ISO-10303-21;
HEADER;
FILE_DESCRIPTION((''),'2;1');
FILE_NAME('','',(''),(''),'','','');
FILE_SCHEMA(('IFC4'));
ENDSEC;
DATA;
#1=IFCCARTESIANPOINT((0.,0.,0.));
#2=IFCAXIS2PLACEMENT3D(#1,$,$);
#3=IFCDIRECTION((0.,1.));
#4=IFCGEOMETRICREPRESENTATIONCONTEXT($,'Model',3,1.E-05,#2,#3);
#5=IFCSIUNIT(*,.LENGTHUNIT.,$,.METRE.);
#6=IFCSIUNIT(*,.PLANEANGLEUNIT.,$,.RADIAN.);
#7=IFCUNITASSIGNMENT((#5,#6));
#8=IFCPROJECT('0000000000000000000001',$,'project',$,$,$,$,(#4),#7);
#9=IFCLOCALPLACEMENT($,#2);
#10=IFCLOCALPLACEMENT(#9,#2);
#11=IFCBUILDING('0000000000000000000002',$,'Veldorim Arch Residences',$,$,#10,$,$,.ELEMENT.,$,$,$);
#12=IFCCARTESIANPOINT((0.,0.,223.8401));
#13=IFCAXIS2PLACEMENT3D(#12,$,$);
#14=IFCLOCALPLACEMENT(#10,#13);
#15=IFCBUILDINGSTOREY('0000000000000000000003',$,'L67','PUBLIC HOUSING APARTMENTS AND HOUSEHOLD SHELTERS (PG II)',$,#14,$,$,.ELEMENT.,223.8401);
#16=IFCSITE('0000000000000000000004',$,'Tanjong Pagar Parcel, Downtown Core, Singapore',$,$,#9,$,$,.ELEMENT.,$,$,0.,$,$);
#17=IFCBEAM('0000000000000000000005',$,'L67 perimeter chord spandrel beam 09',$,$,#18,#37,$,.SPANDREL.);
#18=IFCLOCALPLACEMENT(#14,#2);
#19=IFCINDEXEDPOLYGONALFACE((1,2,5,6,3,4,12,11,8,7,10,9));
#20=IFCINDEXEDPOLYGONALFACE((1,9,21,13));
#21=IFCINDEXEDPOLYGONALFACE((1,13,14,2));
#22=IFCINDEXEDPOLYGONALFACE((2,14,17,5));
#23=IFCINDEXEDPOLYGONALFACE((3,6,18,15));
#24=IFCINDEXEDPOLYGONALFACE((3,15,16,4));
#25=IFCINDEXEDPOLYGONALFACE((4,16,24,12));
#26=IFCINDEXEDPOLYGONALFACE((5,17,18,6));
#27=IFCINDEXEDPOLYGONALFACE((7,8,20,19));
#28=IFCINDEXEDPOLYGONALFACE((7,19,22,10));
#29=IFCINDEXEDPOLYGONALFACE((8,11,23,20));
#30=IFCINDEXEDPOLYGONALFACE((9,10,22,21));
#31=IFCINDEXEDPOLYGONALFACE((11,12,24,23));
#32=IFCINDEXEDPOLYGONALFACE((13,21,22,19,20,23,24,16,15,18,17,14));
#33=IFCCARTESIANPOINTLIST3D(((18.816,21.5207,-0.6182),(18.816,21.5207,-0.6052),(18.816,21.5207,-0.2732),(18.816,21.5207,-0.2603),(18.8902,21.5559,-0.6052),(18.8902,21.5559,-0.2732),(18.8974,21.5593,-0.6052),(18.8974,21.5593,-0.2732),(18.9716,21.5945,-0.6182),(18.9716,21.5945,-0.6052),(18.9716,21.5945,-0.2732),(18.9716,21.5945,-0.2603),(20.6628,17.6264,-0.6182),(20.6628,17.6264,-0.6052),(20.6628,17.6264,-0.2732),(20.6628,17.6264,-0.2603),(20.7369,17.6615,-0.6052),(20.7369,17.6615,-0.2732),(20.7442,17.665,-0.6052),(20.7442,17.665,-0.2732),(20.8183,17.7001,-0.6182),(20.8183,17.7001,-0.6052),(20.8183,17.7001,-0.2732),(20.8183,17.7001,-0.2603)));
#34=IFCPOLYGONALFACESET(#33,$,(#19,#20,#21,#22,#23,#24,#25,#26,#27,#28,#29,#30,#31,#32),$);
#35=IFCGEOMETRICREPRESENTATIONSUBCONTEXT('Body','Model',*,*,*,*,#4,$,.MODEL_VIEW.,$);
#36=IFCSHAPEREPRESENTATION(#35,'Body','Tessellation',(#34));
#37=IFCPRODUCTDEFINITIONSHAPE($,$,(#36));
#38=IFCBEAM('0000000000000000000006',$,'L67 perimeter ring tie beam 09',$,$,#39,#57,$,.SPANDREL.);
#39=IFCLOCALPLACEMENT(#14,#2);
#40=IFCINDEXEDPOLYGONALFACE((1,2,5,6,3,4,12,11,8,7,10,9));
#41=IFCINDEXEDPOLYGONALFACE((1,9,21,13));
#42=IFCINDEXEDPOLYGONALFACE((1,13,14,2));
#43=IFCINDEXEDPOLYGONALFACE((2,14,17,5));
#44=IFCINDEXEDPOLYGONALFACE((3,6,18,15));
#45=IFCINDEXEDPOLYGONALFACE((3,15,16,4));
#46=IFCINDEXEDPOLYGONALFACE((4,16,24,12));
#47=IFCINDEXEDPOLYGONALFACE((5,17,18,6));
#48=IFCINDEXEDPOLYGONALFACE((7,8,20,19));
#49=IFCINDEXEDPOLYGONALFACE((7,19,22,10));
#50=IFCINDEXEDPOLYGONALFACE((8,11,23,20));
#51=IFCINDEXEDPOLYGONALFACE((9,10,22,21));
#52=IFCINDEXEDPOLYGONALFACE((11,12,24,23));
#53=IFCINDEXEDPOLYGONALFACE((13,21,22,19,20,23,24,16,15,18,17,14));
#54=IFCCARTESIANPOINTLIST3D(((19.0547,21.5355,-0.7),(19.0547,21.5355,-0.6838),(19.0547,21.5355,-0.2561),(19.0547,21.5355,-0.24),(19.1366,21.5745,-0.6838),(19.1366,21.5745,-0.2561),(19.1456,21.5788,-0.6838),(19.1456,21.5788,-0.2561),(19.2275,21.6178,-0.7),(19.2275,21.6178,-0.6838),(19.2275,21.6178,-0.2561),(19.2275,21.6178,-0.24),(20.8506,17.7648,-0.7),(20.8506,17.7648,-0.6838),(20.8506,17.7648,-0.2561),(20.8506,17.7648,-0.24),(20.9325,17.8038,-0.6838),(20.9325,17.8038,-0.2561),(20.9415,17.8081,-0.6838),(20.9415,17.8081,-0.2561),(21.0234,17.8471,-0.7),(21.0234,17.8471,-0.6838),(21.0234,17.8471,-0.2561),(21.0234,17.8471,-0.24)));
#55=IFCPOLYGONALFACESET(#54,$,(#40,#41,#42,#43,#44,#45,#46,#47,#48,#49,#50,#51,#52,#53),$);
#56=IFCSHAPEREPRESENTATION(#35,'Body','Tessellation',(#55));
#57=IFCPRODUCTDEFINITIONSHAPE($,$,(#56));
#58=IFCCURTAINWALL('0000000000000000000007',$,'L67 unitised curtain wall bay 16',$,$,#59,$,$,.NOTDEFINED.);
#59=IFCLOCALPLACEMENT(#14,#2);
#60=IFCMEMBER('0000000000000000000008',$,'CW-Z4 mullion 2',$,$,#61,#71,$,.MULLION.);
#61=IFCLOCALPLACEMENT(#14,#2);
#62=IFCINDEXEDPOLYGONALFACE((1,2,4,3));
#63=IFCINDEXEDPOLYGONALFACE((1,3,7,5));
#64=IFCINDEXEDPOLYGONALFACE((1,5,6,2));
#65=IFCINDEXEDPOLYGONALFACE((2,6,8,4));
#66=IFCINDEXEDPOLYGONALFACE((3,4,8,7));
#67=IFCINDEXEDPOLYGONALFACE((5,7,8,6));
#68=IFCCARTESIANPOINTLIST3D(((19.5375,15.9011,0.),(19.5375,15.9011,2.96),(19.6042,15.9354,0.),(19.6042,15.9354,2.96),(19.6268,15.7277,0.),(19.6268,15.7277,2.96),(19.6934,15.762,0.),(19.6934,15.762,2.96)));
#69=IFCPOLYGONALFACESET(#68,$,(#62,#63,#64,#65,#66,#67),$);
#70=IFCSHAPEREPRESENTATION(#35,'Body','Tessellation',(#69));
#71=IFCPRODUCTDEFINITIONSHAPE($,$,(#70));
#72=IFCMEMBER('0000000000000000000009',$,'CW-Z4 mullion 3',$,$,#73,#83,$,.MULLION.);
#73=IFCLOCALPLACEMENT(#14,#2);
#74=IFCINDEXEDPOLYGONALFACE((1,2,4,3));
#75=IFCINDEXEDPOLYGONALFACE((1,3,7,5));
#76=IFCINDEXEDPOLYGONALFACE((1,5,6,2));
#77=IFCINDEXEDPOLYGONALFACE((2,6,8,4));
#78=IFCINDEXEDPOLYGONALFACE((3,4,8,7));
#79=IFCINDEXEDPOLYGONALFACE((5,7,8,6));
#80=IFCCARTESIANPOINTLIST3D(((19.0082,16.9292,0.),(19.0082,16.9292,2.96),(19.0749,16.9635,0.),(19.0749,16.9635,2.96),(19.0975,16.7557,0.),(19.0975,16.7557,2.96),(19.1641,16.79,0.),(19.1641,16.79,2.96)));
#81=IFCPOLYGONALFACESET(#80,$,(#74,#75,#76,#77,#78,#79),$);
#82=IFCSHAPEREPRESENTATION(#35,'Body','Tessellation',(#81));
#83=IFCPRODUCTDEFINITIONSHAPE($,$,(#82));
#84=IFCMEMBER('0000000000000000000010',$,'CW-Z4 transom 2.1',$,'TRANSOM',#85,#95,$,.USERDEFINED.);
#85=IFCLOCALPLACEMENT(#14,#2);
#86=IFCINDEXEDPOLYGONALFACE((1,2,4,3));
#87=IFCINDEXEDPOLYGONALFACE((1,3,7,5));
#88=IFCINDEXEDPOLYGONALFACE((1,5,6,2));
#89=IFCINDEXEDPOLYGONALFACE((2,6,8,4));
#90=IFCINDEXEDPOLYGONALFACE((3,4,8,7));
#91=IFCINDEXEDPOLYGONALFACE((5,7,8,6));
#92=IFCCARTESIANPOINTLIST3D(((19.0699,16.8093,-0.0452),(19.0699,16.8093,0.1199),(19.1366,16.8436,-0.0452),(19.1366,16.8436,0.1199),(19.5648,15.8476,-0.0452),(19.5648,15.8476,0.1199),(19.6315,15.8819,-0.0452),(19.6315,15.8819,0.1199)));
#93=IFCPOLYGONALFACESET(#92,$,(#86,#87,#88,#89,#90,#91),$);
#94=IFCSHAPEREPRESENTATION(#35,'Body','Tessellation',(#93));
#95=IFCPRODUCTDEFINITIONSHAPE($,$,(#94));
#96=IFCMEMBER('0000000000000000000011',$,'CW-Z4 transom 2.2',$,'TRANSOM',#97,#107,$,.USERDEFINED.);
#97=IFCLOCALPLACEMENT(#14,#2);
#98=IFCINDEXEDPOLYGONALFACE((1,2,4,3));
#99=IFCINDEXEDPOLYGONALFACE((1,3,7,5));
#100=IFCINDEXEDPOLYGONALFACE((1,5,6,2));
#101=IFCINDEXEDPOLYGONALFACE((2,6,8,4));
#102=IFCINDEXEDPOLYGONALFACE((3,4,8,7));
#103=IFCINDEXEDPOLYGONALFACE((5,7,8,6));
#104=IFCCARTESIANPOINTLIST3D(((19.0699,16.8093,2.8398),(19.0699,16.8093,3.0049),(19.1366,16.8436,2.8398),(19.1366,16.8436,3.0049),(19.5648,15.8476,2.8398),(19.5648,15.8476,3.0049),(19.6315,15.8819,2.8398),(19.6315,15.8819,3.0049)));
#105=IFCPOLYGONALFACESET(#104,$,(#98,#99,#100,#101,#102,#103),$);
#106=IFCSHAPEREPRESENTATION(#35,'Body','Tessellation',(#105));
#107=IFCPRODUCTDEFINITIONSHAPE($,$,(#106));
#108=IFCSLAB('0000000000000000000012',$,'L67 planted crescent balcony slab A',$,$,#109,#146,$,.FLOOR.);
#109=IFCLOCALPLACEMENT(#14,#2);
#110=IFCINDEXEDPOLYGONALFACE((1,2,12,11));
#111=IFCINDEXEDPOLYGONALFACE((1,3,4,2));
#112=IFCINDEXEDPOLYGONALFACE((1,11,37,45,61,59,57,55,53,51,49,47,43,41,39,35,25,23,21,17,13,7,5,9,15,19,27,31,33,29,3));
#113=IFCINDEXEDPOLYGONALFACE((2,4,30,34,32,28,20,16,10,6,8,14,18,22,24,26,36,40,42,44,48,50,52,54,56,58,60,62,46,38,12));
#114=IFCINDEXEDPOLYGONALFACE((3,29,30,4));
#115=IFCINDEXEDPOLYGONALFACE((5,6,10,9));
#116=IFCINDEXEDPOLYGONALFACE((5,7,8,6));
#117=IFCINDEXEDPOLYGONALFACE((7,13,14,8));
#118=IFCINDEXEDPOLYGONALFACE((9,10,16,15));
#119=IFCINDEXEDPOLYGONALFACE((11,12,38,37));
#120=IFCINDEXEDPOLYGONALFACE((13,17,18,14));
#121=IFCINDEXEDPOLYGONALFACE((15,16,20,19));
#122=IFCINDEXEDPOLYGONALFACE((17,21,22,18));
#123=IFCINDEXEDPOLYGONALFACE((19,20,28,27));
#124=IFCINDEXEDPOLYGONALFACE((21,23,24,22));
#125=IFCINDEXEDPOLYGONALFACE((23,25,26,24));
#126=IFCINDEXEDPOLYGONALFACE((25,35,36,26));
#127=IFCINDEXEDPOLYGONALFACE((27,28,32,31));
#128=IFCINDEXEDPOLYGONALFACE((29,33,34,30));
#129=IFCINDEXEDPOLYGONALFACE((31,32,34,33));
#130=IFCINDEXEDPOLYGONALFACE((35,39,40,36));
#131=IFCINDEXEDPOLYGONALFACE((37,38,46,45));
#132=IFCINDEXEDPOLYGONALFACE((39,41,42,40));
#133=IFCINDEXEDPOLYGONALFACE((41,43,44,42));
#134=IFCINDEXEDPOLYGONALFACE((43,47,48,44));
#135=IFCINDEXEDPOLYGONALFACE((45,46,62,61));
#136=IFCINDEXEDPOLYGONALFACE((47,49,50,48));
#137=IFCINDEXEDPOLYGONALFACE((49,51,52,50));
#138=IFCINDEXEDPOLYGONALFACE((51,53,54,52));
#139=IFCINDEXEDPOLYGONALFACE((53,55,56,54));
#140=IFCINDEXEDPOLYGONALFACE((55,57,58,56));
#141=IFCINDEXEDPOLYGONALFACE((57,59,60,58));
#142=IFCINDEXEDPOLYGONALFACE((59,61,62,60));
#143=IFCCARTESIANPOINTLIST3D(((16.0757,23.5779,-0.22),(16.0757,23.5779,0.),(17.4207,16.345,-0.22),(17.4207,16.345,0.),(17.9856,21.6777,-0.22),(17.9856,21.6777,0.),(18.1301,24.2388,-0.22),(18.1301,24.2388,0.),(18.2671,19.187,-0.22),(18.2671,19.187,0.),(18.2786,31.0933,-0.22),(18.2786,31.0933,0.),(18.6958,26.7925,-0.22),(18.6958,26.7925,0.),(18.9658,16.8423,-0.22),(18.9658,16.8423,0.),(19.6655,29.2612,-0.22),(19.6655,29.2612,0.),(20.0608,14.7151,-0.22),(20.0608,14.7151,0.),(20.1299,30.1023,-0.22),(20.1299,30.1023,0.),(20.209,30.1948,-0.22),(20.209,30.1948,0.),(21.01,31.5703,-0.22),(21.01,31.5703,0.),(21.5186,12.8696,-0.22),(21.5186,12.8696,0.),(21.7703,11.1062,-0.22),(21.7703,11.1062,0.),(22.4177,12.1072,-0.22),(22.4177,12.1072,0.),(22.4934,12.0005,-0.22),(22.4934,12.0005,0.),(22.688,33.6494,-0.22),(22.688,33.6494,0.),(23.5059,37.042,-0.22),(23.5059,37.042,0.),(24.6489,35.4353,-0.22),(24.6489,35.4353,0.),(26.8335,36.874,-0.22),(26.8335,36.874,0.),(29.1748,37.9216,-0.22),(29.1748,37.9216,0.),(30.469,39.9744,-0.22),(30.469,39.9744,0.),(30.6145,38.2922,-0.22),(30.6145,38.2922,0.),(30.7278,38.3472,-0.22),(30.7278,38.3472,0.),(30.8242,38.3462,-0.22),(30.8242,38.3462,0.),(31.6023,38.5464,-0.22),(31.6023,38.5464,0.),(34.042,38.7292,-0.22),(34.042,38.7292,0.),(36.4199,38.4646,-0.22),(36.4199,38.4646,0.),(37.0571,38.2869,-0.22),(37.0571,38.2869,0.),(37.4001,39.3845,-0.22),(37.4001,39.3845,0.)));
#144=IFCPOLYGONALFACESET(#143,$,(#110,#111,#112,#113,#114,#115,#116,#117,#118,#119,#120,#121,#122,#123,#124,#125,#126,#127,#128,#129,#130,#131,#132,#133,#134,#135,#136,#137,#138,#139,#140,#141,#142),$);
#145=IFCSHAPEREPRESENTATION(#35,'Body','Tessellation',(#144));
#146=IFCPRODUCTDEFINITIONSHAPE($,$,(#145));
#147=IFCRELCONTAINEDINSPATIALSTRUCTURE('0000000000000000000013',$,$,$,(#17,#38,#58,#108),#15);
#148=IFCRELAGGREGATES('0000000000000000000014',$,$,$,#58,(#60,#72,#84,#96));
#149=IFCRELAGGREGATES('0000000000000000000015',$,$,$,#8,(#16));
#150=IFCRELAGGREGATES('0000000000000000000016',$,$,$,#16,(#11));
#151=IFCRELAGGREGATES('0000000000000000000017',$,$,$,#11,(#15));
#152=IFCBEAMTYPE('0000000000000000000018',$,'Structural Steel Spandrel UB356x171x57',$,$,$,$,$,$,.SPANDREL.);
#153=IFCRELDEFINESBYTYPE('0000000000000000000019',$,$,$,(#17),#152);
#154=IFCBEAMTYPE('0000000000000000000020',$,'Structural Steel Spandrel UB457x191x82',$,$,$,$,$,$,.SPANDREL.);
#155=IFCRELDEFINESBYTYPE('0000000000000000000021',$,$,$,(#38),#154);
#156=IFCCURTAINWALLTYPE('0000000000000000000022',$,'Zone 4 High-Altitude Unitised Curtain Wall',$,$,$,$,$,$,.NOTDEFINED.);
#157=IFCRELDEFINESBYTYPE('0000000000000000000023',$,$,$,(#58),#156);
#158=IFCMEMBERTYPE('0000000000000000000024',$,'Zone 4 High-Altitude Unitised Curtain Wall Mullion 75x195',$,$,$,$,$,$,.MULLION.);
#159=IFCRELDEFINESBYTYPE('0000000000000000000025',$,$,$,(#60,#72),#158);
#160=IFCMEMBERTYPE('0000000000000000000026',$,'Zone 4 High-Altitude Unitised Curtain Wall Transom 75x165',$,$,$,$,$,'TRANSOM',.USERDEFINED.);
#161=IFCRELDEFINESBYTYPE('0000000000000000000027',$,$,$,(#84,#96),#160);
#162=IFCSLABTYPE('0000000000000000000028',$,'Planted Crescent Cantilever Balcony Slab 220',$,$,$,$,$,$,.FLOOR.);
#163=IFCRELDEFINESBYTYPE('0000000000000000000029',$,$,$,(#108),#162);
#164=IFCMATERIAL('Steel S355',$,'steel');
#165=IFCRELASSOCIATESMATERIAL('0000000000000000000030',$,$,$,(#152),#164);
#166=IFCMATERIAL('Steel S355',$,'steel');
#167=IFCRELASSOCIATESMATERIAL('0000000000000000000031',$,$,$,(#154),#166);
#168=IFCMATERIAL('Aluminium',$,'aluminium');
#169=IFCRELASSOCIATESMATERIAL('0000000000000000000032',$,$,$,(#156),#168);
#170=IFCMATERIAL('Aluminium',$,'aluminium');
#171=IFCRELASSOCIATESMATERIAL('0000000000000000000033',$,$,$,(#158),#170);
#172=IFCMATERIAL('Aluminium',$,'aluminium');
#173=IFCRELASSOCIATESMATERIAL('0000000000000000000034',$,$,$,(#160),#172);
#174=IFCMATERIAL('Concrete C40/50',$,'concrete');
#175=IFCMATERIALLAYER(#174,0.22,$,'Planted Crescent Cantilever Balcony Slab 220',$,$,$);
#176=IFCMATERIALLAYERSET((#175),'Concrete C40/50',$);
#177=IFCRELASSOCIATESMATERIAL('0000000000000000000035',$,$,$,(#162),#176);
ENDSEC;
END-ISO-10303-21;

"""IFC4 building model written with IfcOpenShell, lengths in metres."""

from ifc_helpers import new_model, si_unit, direction, frame, origin, origin_2d, place, context, subcontext, project, spatial, polyline, rectangle, i_section, outline, extrude, material, layer, layer_set, material_profile, profile_set, type_object, element, aggregate, save


model = new_model("IFC4")

# Units and contexts
model_context = context("Model", 3, precision=1e-05, world=origin(), true_north=direction((0.0, 1.0)))
body_context = subcontext(model_context, "Body", "Model", "MODEL_VIEW")
ifc_project = project(units=[si_unit("LENGTHUNIT", "METRE"), si_unit("PLANEANGLEUNIT", "RADIAN")], contexts=[model_context])

# Site, building, storey
site_placement = place(None, origin())
site = spatial("IfcSite", under=ifc_project, at=site_placement, Name="Tanjong Pagar Parcel, Downtown Core, Singapore", CompositionType="ELEMENT", RefElevation=0.0)
building_placement = place(site_placement, origin())
building = spatial("IfcBuilding", under=site, at=building_placement, Name="Veldorim Arch Residences", CompositionType="ELEMENT")
storey_placement = place(building_placement, frame((0.0, 0.0, 223.8401)))
storey = spatial("IfcBuildingStorey", under=building, at=storey_placement, Name="L67", Description="PUBLIC HOUSING APARTMENTS AND HOUSEHOLD SHELTERS (PG II)", CompositionType="ELEMENT", Elevation=223.8401)

# Beams
ifc_material_1 = material(Name="Steel S355", Category="steel")
ifc_material_profile_1 = material_profile(ifc_material_1, i_section(OverallWidth=0.1721, OverallDepth=0.3579, WebThickness=0.0081, FlangeThickness=0.0129, at=origin_2d()), Name="UB356x171x57")
ifc_profile_set_1 = profile_set([ifc_material_profile_1], Name="Steel S355")
beam_type_1 = type_object("IfcBeamType", Name="Structural Steel Spandrel UB356x171x57", PredefinedType="SPANDREL", material=ifc_profile_set_1)
beam_1_placement = place(storey_placement, frame((18.8938, 21.5576, -0.4392), z_axis=(0.428469, -0.903557, 0.0), x_axis=(0.903557, 0.428469, 0.0)))
element("IfcBeam", 1, at=beam_1_placement, inside=storey, type_object=beam_type_1, Name="L67 perimeter chord spandrel beam 09", PredefinedType="SPANDREL", context=body_context, shape_type="SweptSolid", body=[
    extrude(i_section(OverallWidth=0.1721, OverallDepth=0.3579, WebThickness=0.0081, FlangeThickness=0.0129, at=origin_2d()), origin(), (0.0, 0.0, 1.0), 4.3101),
])
ifc_material_2 = material(Name="Steel S355", Category="steel")
ifc_material_profile_2 = material_profile(ifc_material_2, i_section(OverallWidth=0.1914, OverallDepth=0.46, WebThickness=0.01, FlangeThickness=0.0161, at=origin_2d()), Name="UB457x191x82")
ifc_profile_set_2 = profile_set([ifc_material_profile_2], Name="Steel S355")
beam_type_2 = type_object("IfcBeamType", Name="Structural Steel Spandrel UB457x191x82", PredefinedType="SPANDREL", material=ifc_profile_set_2)
beam_2_placement = place(storey_placement, frame((19.1411, 21.5767, -0.47), z_axis=(0.429993, -0.902832, 0.0), x_axis=(0.902832, 0.429993, 0.0)))
element("IfcBeam", 2, at=beam_2_placement, inside=storey, type_object=beam_type_2, Name="L67 perimeter ring tie beam 09", PredefinedType="SPANDREL", context=body_context, shape_type="SweptSolid", body=[
    extrude(i_section(OverallWidth=0.1914, OverallDepth=0.46, WebThickness=0.01, FlangeThickness=0.0161, at=origin_2d()), origin(), (0.0, 0.0, 1.0), 4.1765),
])

# Curtain wall, members
ifc_material_3 = material(Name="Aluminium", Category="aluminium")
curtain_wall_type = type_object("IfcCurtainWallType", Name="Zone 4 High-Altitude Unitised Curtain Wall", PredefinedType="NOTDEFINED", material=ifc_material_3)
curtain_wall_placement = place(storey_placement, origin())
curtain_wall = element("IfcCurtainWall", 3, at=curtain_wall_placement, inside=storey, type_object=curtain_wall_type, Name="L67 unitised curtain wall bay 16", PredefinedType="NOTDEFINED")
ifc_material_4 = material(Name="Aluminium", Category="aluminium")
ifc_material_profile_3 = material_profile(ifc_material_4, rectangle(XDim=0.075, YDim=0.1951, at=origin_2d()), Name="ALU_MUL_75x195")
ifc_profile_set_3 = profile_set([ifc_material_profile_3], Name="Aluminium")
member_type_1 = type_object("IfcMemberType", Name="Zone 4 High-Altitude Unitised Curtain Wall Mullion 75x195", PredefinedType="MULLION", material=ifc_profile_set_3)
member_1_placement = place(storey_placement, frame((19.6155, 15.8315, 0.0), z_axis=(0.0, 0.0, 1.0), x_axis=(-0.889131, -0.457653, 0.0)))
member_1 = element("IfcMember", 4, at=member_1_placement, type_object=member_type_1, Name="CW-Z4 mullion 2", PredefinedType="MULLION", context=body_context, shape_type="SweptSolid", body=[
    extrude(rectangle(XDim=0.075, YDim=0.1951, at=origin_2d()), origin(), (0.0, 0.0, 1.0), 2.96),
])
member_2_placement = place(storey_placement, frame((19.0862, 16.8596, 0.0), z_axis=(0.0, 0.0, 1.0), x_axis=(-0.889131, -0.457653, 0.0)))
member_2 = element("IfcMember", 5, at=member_2_placement, type_object=member_type_1, Name="CW-Z4 mullion 3", PredefinedType="MULLION", context=body_context, shape_type="SweptSolid", body=[
    extrude(rectangle(XDim=0.075, YDim=0.1951, at=origin_2d()), origin(), (0.0, 0.0, 1.0), 2.96),
])
ifc_material_5 = material(Name="Aluminium", Category="aluminium")
ifc_material_profile_4 = material_profile(ifc_material_5, rectangle(XDim=0.075, YDim=0.165, at=origin_2d()), Name="ALU_TRN_75x165")
ifc_profile_set_4 = profile_set([ifc_material_profile_4], Name="Aluminium")
member_type_2 = type_object("IfcMemberType", Name="Zone 4 High-Altitude Unitised Curtain Wall Transom 75x165", ElementType="TRANSOM", PredefinedType="USERDEFINED", material=ifc_profile_set_4)
member_3_placement = place(storey_placement, frame((19.5981, 15.8647, 0.0374), z_axis=(-0.457567, 0.889175, 0.0), x_axis=(-0.889175, -0.457567, 0.0)))
member_3 = element("IfcMember", 6, at=member_3_placement, type_object=member_type_2, Name="CW-Z4 transom 2.1", ObjectType="TRANSOM", PredefinedType="USERDEFINED", context=body_context, shape_type="SweptSolid", body=[
    extrude(rectangle(XDim=0.075, YDim=0.165, at=origin_2d()), origin(), (0.0, 0.0, 1.0), 1.0815),
])
member_4_placement = place(storey_placement, frame((19.5981, 15.8647, 2.9224), z_axis=(-0.457567, 0.889175, 0.0), x_axis=(-0.889175, -0.457567, 0.0)))
member_4 = element("IfcMember", 7, at=member_4_placement, type_object=member_type_2, Name="CW-Z4 transom 2.2", ObjectType="TRANSOM", PredefinedType="USERDEFINED", context=body_context, shape_type="SweptSolid", body=[
    extrude(rectangle(XDim=0.075, YDim=0.165, at=origin_2d()), origin(), (0.0, 0.0, 1.0), 1.0815),
])

# Slab
ifc_material_6 = material(Name="Concrete C40/50", Category="concrete")
ifc_layer_1 = layer(ifc_material_6, 0.22, Name="Planted Crescent Cantilever Balcony Slab 220")
ifc_layer_set_1 = layer_set([ifc_layer_1], Name="Concrete C40/50")
slab_type_1 = type_object("IfcSlabType", Name="Planted Crescent Cantilever Balcony Slab 220", PredefinedType="FLOOR", material=ifc_layer_set_1)
slab_1_placement = place(storey_placement, frame((0.0, 0.0, -0.22)))
element("IfcSlab", 8, at=slab_1_placement, inside=storey, type_object=slab_type_1, Name="L67 planted crescent balcony slab A", PredefinedType="FLOOR", context=body_context, shape_type="SweptSolid", body=[
    extrude(outline(polyline([(37.0571, 38.2869), (36.4199, 38.4646), (34.042, 38.7292), (31.6023, 38.5464), (30.8242, 38.3462), (30.7278, 38.3472), (30.6145, 38.2922), (29.1748, 37.9216), (26.8335, 36.874), (24.6489, 35.4353), (22.688, 33.6494), (21.01, 31.5703), (20.209, 30.1948), (20.1299, 30.1023), (19.6655, 29.2612), (18.6958, 26.7925), (18.1301, 24.2388), (17.9856, 21.6777), (18.2671, 19.187), (18.9658, 16.8423), (20.0608, 14.7151), (21.5186, 12.8696), (22.4177, 12.1072), (22.4934, 12.0005), (21.7703, 11.1062), (17.4207, 16.345), (16.0757, 23.5779), (18.2786, 31.0933), (23.5059, 37.042), (30.469, 39.9744), (37.4001, 39.3845), (37.0571, 38.2869)])), origin(), (0.0, 0.0, 1.0), 0.22),
])

aggregate(curtain_wall, [member_1, member_2, member_3, member_4])

save(model, "model.ifc")
